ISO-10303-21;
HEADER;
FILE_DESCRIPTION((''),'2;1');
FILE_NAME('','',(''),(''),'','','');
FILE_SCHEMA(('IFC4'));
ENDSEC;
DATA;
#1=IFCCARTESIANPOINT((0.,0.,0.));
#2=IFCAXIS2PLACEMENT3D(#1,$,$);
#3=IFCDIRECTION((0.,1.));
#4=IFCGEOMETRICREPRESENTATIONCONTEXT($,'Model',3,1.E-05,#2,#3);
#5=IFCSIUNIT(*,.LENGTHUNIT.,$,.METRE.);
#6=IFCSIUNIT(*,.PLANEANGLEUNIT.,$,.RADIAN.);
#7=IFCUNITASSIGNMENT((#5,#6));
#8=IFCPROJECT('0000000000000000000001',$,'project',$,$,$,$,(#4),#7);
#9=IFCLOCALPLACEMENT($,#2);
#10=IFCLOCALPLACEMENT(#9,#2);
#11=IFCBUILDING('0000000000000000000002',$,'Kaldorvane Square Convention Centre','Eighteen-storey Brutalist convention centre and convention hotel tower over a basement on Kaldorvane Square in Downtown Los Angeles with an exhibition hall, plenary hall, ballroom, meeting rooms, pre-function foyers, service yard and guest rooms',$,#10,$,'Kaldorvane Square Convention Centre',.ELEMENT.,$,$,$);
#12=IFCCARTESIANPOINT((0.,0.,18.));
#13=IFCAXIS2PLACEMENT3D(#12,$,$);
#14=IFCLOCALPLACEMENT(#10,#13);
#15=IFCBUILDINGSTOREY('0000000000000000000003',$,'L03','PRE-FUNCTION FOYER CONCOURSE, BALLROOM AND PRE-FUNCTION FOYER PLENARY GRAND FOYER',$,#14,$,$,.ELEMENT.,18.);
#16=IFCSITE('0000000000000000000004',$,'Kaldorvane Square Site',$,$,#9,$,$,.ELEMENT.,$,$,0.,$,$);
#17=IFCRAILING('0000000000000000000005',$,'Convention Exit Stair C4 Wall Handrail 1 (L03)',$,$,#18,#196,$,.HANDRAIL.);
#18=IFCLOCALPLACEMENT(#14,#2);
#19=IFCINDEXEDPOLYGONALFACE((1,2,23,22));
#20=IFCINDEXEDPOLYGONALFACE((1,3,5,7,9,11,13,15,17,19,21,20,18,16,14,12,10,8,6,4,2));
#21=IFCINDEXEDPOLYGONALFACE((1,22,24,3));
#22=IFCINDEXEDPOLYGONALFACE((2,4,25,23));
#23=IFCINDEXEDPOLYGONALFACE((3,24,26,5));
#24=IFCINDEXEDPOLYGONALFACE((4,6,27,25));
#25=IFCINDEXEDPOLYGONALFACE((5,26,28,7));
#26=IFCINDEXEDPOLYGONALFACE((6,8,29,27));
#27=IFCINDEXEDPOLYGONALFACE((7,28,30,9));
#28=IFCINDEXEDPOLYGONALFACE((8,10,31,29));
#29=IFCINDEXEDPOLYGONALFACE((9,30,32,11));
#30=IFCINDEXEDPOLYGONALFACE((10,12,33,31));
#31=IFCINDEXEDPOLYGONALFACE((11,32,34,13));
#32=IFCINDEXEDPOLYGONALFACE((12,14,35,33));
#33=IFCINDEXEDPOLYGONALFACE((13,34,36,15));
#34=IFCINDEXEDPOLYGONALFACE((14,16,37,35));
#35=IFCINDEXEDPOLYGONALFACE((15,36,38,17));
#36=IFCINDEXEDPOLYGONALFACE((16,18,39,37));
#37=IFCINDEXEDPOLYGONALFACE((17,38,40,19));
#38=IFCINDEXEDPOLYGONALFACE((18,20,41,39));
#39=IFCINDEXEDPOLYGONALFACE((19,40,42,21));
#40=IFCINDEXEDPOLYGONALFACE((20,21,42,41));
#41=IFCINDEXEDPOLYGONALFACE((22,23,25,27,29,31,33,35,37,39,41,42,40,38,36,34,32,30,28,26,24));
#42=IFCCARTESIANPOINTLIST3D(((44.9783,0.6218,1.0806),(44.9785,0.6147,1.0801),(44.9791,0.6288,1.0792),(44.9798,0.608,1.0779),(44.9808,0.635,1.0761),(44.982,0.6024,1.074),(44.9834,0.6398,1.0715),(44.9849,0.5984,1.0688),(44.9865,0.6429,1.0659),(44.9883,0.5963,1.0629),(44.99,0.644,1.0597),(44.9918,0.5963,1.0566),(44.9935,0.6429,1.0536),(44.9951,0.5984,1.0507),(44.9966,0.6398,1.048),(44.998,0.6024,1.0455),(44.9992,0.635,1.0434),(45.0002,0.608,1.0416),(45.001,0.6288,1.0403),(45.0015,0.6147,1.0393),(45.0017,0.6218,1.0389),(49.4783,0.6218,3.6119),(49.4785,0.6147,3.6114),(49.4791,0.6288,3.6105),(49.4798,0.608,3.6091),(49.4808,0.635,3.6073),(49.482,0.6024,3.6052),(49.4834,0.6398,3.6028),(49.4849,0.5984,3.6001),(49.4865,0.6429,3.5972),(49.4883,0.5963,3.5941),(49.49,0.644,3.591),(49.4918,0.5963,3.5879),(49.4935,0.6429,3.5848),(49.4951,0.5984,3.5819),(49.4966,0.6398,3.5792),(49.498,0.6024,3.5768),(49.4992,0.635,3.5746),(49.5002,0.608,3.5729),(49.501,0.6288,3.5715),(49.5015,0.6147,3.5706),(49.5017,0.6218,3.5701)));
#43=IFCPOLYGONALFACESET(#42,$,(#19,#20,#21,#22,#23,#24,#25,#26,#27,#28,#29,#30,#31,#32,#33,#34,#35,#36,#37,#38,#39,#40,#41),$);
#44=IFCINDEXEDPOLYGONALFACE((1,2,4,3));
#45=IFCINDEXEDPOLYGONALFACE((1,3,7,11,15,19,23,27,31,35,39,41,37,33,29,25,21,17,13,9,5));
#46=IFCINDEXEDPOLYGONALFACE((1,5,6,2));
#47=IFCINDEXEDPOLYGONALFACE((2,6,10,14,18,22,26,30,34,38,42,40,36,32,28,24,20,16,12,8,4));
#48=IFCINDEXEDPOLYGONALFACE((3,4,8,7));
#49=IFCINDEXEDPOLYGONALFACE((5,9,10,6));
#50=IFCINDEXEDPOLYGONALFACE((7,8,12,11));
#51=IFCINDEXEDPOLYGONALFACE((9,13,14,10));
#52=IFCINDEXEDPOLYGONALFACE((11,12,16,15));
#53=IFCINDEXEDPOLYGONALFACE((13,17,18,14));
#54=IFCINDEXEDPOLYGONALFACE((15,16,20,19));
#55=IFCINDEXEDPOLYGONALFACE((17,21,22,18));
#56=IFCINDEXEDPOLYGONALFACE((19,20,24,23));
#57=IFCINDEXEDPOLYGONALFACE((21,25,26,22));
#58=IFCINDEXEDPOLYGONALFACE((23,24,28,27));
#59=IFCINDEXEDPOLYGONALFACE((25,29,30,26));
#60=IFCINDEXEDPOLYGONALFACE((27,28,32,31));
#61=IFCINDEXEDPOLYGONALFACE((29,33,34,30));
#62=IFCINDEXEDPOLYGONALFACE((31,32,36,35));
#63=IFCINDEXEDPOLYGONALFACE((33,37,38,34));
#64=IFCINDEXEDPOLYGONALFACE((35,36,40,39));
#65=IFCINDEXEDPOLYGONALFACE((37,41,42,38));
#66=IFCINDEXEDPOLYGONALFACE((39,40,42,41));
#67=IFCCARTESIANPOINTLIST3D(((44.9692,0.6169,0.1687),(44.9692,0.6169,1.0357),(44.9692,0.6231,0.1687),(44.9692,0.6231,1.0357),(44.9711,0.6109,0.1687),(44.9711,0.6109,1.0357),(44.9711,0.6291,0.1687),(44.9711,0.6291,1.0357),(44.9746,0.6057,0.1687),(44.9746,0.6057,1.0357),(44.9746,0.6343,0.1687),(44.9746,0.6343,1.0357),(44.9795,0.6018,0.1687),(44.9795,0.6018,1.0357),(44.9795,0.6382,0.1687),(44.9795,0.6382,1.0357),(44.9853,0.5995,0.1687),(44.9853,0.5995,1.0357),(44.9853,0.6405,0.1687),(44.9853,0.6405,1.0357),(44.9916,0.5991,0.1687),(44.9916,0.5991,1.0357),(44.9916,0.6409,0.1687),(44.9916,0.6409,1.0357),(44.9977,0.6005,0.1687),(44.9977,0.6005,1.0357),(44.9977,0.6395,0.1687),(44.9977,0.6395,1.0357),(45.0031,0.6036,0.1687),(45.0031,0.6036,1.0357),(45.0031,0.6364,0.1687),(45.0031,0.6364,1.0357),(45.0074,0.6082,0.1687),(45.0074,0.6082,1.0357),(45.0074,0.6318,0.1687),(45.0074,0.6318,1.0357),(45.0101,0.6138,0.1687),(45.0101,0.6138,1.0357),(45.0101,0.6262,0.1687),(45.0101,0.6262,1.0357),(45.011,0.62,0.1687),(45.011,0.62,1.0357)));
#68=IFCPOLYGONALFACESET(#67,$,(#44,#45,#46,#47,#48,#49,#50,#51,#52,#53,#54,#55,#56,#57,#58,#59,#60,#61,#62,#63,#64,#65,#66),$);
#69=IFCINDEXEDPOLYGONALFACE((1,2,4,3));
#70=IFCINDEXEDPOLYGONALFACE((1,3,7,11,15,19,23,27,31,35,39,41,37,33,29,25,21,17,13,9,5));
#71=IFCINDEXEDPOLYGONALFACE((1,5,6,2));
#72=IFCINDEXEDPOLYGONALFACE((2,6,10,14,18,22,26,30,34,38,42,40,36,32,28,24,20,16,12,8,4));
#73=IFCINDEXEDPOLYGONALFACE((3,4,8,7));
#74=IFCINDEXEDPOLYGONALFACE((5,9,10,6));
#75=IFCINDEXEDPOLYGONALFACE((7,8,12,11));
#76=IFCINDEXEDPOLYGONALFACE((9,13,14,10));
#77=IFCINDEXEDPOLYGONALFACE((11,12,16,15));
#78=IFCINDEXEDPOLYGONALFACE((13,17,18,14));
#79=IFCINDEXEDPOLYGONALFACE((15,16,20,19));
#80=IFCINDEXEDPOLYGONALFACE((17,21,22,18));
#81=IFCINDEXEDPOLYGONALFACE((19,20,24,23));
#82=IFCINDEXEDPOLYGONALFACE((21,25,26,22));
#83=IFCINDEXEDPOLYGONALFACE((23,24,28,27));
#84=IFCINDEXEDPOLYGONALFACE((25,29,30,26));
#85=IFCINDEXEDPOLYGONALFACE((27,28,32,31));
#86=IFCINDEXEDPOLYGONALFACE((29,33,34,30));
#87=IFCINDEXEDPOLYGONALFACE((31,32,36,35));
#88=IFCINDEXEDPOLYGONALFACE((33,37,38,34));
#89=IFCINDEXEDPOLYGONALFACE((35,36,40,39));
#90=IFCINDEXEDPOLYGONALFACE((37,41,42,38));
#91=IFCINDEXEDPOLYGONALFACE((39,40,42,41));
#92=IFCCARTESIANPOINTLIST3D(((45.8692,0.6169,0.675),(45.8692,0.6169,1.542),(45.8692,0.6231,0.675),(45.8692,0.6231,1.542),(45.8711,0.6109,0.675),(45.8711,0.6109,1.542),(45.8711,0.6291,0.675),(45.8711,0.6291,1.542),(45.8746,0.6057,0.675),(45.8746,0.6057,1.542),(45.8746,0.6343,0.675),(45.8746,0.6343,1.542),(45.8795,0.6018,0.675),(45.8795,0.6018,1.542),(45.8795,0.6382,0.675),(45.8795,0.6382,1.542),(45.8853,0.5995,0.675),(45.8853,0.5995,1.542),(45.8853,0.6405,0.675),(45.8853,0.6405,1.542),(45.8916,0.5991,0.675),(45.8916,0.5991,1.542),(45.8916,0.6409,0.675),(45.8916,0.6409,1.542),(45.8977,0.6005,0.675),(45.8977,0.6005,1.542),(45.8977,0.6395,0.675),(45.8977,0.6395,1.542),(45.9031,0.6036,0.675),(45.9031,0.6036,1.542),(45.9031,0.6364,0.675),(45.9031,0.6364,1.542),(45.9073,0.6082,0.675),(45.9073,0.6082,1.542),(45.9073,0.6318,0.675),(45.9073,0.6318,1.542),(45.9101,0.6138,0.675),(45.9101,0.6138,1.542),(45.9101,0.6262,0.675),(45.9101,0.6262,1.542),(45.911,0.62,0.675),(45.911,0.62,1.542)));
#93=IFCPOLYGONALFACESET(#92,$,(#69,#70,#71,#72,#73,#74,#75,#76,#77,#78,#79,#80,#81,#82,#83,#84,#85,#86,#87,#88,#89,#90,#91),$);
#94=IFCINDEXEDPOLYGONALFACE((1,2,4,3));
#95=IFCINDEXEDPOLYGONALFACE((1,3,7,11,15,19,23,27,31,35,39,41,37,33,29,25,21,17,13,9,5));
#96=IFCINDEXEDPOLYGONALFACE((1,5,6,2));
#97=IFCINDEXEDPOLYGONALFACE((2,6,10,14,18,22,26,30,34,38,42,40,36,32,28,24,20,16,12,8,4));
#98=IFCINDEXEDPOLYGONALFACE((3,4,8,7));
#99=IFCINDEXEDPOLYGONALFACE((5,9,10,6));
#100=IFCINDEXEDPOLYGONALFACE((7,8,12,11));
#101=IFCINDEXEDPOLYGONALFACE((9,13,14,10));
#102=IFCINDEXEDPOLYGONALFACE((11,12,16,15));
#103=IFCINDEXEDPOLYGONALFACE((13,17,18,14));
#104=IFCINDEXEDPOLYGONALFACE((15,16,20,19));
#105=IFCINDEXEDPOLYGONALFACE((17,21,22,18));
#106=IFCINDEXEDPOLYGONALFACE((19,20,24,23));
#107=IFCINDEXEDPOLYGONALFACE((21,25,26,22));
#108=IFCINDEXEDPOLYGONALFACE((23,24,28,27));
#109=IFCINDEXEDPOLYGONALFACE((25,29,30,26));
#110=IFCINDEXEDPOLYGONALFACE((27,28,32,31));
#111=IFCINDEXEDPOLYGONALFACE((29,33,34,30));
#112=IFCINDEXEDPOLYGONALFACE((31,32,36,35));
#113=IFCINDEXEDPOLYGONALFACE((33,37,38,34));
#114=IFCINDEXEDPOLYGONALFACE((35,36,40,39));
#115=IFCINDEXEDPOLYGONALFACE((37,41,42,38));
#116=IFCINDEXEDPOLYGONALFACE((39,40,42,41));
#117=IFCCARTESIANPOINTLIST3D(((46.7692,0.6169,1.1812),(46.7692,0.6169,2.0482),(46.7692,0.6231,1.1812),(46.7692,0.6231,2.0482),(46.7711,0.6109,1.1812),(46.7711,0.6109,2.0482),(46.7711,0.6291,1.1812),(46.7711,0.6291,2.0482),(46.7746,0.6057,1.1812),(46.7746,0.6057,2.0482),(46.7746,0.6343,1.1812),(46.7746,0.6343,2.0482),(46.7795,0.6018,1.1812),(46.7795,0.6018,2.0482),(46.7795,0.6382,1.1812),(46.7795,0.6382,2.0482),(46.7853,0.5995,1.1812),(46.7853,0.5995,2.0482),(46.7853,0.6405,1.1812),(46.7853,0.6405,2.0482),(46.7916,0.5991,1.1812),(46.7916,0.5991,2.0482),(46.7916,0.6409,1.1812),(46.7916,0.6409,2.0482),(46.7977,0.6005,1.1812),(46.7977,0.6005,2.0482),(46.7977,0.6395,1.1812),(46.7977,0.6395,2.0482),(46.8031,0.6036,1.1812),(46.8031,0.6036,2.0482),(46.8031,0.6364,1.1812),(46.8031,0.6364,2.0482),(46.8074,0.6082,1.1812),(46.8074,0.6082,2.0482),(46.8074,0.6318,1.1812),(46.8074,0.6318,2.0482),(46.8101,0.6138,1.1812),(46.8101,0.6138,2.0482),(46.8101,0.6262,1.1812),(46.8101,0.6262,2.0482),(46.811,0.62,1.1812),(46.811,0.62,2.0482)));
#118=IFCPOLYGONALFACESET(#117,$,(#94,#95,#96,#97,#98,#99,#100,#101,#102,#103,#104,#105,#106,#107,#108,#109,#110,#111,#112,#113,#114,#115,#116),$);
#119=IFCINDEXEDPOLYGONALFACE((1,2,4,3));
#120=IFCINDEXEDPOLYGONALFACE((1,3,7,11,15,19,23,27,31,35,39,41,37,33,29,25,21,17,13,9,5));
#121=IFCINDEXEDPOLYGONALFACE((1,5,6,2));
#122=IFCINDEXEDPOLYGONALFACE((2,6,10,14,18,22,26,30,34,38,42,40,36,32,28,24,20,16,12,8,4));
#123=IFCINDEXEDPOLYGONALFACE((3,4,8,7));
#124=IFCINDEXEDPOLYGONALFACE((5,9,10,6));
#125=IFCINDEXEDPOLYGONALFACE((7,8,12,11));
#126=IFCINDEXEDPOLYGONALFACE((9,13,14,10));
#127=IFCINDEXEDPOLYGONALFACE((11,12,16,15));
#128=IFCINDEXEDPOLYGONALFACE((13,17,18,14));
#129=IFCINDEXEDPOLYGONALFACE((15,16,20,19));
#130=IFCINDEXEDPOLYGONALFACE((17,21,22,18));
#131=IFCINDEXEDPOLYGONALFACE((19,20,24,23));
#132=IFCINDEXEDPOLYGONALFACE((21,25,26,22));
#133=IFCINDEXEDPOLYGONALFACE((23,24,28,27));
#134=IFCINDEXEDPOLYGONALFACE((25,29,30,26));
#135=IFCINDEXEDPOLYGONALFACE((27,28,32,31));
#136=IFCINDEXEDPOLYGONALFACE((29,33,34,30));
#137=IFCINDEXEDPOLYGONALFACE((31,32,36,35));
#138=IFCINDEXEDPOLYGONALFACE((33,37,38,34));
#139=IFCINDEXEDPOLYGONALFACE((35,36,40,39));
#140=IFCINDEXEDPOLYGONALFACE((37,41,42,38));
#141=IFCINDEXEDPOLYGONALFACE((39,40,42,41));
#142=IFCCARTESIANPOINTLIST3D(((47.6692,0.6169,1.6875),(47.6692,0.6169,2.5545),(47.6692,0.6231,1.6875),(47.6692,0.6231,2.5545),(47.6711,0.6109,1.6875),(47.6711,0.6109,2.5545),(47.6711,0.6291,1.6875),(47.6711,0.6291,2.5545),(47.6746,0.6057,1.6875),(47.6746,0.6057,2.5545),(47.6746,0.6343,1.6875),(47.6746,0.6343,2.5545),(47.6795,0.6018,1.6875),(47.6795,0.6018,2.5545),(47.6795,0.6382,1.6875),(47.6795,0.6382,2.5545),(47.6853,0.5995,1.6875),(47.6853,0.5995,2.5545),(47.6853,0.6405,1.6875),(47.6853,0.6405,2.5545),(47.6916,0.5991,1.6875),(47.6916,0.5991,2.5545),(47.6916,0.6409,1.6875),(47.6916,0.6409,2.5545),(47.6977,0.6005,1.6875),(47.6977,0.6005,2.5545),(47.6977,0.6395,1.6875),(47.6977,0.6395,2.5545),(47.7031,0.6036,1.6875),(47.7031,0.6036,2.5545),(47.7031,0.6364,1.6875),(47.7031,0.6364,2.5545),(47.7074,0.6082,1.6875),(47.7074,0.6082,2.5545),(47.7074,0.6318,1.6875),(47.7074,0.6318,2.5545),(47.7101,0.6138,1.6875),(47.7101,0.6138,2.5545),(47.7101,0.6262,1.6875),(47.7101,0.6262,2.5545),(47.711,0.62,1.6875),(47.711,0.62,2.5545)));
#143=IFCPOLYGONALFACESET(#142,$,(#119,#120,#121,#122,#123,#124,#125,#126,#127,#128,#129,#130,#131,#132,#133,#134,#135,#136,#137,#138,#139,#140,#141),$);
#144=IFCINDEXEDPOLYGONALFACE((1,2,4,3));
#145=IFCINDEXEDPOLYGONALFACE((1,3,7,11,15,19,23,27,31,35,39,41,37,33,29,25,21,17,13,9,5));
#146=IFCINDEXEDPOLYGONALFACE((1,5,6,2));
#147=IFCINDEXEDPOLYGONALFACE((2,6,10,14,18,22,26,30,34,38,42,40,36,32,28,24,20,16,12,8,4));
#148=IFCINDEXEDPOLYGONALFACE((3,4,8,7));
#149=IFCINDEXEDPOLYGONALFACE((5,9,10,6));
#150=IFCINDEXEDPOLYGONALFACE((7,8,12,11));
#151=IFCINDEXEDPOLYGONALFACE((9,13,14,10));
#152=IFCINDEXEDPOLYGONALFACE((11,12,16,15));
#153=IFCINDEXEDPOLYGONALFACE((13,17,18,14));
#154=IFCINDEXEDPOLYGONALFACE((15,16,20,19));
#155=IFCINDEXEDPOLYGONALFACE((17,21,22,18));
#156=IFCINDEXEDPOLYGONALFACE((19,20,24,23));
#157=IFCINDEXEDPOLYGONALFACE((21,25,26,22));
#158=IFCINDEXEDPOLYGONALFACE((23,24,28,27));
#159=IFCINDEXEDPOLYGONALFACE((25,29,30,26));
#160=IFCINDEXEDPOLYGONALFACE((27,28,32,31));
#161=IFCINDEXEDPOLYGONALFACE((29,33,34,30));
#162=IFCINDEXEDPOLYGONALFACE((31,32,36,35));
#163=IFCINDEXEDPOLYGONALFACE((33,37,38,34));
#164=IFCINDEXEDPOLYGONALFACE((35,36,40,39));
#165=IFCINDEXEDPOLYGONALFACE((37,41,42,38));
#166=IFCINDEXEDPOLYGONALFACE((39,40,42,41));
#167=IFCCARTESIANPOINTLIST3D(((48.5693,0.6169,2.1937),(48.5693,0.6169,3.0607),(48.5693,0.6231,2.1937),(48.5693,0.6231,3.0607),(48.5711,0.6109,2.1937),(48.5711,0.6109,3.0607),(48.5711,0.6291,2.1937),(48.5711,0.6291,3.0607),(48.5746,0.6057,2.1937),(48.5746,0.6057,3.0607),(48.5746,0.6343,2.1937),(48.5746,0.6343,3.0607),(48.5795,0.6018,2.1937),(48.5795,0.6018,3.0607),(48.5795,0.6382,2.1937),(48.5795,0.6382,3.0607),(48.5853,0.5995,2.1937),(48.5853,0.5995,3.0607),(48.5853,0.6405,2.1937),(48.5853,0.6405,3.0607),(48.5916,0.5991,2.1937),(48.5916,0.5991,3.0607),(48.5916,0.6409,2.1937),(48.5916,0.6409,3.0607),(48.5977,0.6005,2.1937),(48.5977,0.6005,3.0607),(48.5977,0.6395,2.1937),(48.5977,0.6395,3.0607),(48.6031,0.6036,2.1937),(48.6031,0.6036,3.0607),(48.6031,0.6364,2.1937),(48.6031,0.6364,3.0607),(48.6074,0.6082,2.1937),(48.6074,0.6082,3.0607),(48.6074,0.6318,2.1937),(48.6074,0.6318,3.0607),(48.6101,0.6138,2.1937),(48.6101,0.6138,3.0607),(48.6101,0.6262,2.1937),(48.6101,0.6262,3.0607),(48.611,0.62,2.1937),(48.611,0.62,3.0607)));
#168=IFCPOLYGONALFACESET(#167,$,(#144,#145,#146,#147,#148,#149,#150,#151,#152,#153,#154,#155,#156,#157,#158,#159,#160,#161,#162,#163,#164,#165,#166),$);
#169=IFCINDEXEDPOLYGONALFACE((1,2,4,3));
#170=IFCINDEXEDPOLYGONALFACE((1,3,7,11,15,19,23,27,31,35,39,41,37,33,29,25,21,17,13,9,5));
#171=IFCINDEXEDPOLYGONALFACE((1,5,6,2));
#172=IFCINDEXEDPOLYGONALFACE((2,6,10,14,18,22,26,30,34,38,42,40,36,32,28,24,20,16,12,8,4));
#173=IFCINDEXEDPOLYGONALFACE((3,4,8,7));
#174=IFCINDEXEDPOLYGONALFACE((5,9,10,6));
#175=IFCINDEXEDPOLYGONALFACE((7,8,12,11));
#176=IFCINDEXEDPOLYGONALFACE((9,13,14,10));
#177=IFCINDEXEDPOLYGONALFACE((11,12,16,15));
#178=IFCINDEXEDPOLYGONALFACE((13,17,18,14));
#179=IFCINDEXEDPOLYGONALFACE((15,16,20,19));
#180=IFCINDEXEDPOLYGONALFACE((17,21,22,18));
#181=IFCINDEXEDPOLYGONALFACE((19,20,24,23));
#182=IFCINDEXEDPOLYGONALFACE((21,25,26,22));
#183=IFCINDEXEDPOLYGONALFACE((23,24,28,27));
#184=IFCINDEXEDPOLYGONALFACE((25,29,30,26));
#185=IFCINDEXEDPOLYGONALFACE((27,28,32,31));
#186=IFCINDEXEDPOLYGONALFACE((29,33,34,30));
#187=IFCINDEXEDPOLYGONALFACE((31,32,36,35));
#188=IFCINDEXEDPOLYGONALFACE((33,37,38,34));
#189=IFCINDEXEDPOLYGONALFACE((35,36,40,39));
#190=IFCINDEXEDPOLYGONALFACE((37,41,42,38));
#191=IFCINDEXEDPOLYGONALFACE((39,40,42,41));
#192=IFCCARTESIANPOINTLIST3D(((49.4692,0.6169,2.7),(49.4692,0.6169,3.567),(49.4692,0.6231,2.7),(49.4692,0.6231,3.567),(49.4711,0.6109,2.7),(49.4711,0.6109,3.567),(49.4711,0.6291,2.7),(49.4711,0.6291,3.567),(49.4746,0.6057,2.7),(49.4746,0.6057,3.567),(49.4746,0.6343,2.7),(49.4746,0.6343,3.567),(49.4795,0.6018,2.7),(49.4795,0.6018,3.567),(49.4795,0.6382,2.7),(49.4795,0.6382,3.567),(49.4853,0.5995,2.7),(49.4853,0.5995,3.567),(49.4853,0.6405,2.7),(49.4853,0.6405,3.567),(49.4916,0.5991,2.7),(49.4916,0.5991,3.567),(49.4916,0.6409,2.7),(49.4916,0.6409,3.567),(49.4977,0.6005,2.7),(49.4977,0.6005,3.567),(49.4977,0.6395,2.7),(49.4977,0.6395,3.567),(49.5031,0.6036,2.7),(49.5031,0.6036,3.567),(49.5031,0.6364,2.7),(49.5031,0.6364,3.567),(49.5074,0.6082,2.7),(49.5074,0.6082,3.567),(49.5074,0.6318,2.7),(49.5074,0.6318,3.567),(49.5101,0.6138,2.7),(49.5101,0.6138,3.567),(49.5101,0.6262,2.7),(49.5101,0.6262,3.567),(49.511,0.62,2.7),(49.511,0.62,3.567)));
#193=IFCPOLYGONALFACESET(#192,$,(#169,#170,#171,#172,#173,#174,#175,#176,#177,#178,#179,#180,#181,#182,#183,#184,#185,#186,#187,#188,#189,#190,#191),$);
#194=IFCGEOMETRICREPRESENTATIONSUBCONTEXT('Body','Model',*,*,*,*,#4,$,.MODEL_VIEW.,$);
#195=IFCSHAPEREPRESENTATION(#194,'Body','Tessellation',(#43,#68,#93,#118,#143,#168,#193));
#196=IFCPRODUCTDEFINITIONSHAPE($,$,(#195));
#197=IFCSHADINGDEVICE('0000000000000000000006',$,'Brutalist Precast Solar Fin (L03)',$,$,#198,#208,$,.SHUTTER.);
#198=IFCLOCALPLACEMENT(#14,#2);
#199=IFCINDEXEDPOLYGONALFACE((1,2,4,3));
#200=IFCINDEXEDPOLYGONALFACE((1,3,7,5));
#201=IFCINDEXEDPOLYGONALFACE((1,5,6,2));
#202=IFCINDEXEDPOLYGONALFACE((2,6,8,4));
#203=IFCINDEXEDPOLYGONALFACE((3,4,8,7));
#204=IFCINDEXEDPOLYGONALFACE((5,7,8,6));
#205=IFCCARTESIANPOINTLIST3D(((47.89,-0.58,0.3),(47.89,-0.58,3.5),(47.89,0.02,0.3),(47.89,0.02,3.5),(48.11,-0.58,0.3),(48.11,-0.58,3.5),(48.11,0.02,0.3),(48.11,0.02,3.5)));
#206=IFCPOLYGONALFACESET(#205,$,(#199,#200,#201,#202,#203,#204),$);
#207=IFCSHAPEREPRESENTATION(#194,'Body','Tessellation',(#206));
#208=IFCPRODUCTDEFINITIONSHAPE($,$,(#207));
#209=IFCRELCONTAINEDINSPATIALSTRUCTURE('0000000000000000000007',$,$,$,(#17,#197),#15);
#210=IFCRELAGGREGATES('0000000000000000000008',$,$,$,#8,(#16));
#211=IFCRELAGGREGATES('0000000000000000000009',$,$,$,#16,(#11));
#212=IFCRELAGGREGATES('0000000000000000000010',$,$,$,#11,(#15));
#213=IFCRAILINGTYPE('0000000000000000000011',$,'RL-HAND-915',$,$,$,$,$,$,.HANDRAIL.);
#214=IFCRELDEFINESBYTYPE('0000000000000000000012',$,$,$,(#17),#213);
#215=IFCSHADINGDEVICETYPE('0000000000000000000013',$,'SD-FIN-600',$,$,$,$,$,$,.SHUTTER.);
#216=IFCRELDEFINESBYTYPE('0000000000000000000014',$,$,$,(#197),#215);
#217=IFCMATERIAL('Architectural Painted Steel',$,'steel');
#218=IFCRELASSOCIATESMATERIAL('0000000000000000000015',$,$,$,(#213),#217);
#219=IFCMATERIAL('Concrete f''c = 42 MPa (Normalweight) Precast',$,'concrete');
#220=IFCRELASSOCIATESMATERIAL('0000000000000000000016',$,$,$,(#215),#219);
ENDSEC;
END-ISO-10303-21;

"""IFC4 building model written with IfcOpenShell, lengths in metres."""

from ifc_helpers import new_model, si_unit, direction, frame, origin, origin_2d, place, context, subcontext, project, spatial, rectangle, circle, extrude, material, type_object, element, save


model = new_model("IFC4")

# Units and contexts
model_context = context("Model", 3, precision=1e-05, world=origin(), true_north=direction((0.0, 1.0)))
body_context = subcontext(model_context, "Body", "Model", "MODEL_VIEW")
ifc_project = project(units=[si_unit("LENGTHUNIT", "METRE"), si_unit("PLANEANGLEUNIT", "RADIAN")], contexts=[model_context])

# Site, building, storey
site_placement = place(None, origin())
site = spatial("IfcSite", under=ifc_project, at=site_placement, Name="Kaldorvane Square Site", CompositionType="ELEMENT", RefElevation=0.0)
building_placement = place(site_placement, origin())
building = spatial("IfcBuilding", under=site, at=building_placement, Name="Kaldorvane Square Convention Centre", Description="Eighteen-storey Brutalist convention centre and convention hotel tower over a basement on Kaldorvane Square in Downtown Los Angeles with an exhibition hall, plenary hall, ballroom, meeting rooms, pre-function foyers, service yard and guest rooms", LongName="Kaldorvane Square Convention Centre", CompositionType="ELEMENT")
storey_placement = place(building_placement, frame((0.0, 0.0, 18.0)))
storey = spatial("IfcBuildingStorey", under=building, at=storey_placement, Name="L03", Description="PRE-FUNCTION FOYER CONCOURSE, BALLROOM AND PRE-FUNCTION FOYER PLENARY GRAND FOYER", CompositionType="ELEMENT", Elevation=18.0)

# Shared definitions
ifc_material_1 = material(Name="Concrete f'c = 42 MPa (Normalweight) Precast", Category="concrete")

# Railing
ifc_material_2 = material(Name="Architectural Painted Steel", Category="steel")
railing_type_1 = type_object("IfcRailingType", Name="RL-HAND-915", PredefinedType="HANDRAIL", material=ifc_material_2)
railing_1_placement = place(storey_placement, frame((44.99, 0.62, 0.1687)))
element("IfcRailing", 1, at=railing_1_placement, inside=storey, type_object=railing_type_1, Name="Convention Exit Stair C4 Wall Handrail 1 (L03)", PredefinedType="HANDRAIL", context=body_context, shape_type="SweptSolid", body=[
    extrude(circle(Radius=0.024, at=origin_2d()), frame((0.0, 0.0, 0.891), z_axis=(0.871576, 0.0, 0.490261), x_axis=(0.0, 1.0, 0.0)), (0.0, 0.0, 1.0), 5.1631),
    extrude(circle(Radius=0.021, at=origin_2d()), origin(), (0.0, 0.0, 1.0), 0.867),
    extrude(circle(Radius=0.021, at=origin_2d()), frame((0.9, 0.0, 0.5063)), (0.0, 0.0, 1.0), 0.867),
    extrude(circle(Radius=0.021, at=origin_2d()), frame((1.8, 0.0, 1.0125)), (0.0, 0.0, 1.0), 0.867),
    extrude(circle(Radius=0.021, at=origin_2d()), frame((2.7, 0.0, 1.5188)), (0.0, 0.0, 1.0), 0.867),
    extrude(circle(Radius=0.021, at=origin_2d()), frame((3.6, 0.0, 2.025)), (0.0, 0.0, 1.0), 0.867),
    extrude(circle(Radius=0.021, at=origin_2d()), frame((4.5, 0.0, 2.5312)), (0.0, 0.0, 1.0), 0.867),
])

# Shading device
shading_device_type = type_object("IfcShadingDeviceType", Name="SD-FIN-600", PredefinedType="SHUTTER", material=ifc_material_1)
shading_device_placement = place(storey_placement, frame((48.0, -0.28, 0.3), z_axis=(0.0, 0.0, 1.0), x_axis=(1.0, 0.0, 0.0)))
element("IfcShadingDevice", 2, at=shading_device_placement, inside=storey, type_object=shading_device_type, Name="Brutalist Precast Solar Fin (L03)", PredefinedType="SHUTTER", context=body_context, shape_type="SweptSolid", body=[
    extrude(rectangle(XDim=0.22, YDim=0.6, at=origin_2d()), origin(), (0.0, 0.0, 1.0), 3.2),
])

save(model, "model.ifc")
